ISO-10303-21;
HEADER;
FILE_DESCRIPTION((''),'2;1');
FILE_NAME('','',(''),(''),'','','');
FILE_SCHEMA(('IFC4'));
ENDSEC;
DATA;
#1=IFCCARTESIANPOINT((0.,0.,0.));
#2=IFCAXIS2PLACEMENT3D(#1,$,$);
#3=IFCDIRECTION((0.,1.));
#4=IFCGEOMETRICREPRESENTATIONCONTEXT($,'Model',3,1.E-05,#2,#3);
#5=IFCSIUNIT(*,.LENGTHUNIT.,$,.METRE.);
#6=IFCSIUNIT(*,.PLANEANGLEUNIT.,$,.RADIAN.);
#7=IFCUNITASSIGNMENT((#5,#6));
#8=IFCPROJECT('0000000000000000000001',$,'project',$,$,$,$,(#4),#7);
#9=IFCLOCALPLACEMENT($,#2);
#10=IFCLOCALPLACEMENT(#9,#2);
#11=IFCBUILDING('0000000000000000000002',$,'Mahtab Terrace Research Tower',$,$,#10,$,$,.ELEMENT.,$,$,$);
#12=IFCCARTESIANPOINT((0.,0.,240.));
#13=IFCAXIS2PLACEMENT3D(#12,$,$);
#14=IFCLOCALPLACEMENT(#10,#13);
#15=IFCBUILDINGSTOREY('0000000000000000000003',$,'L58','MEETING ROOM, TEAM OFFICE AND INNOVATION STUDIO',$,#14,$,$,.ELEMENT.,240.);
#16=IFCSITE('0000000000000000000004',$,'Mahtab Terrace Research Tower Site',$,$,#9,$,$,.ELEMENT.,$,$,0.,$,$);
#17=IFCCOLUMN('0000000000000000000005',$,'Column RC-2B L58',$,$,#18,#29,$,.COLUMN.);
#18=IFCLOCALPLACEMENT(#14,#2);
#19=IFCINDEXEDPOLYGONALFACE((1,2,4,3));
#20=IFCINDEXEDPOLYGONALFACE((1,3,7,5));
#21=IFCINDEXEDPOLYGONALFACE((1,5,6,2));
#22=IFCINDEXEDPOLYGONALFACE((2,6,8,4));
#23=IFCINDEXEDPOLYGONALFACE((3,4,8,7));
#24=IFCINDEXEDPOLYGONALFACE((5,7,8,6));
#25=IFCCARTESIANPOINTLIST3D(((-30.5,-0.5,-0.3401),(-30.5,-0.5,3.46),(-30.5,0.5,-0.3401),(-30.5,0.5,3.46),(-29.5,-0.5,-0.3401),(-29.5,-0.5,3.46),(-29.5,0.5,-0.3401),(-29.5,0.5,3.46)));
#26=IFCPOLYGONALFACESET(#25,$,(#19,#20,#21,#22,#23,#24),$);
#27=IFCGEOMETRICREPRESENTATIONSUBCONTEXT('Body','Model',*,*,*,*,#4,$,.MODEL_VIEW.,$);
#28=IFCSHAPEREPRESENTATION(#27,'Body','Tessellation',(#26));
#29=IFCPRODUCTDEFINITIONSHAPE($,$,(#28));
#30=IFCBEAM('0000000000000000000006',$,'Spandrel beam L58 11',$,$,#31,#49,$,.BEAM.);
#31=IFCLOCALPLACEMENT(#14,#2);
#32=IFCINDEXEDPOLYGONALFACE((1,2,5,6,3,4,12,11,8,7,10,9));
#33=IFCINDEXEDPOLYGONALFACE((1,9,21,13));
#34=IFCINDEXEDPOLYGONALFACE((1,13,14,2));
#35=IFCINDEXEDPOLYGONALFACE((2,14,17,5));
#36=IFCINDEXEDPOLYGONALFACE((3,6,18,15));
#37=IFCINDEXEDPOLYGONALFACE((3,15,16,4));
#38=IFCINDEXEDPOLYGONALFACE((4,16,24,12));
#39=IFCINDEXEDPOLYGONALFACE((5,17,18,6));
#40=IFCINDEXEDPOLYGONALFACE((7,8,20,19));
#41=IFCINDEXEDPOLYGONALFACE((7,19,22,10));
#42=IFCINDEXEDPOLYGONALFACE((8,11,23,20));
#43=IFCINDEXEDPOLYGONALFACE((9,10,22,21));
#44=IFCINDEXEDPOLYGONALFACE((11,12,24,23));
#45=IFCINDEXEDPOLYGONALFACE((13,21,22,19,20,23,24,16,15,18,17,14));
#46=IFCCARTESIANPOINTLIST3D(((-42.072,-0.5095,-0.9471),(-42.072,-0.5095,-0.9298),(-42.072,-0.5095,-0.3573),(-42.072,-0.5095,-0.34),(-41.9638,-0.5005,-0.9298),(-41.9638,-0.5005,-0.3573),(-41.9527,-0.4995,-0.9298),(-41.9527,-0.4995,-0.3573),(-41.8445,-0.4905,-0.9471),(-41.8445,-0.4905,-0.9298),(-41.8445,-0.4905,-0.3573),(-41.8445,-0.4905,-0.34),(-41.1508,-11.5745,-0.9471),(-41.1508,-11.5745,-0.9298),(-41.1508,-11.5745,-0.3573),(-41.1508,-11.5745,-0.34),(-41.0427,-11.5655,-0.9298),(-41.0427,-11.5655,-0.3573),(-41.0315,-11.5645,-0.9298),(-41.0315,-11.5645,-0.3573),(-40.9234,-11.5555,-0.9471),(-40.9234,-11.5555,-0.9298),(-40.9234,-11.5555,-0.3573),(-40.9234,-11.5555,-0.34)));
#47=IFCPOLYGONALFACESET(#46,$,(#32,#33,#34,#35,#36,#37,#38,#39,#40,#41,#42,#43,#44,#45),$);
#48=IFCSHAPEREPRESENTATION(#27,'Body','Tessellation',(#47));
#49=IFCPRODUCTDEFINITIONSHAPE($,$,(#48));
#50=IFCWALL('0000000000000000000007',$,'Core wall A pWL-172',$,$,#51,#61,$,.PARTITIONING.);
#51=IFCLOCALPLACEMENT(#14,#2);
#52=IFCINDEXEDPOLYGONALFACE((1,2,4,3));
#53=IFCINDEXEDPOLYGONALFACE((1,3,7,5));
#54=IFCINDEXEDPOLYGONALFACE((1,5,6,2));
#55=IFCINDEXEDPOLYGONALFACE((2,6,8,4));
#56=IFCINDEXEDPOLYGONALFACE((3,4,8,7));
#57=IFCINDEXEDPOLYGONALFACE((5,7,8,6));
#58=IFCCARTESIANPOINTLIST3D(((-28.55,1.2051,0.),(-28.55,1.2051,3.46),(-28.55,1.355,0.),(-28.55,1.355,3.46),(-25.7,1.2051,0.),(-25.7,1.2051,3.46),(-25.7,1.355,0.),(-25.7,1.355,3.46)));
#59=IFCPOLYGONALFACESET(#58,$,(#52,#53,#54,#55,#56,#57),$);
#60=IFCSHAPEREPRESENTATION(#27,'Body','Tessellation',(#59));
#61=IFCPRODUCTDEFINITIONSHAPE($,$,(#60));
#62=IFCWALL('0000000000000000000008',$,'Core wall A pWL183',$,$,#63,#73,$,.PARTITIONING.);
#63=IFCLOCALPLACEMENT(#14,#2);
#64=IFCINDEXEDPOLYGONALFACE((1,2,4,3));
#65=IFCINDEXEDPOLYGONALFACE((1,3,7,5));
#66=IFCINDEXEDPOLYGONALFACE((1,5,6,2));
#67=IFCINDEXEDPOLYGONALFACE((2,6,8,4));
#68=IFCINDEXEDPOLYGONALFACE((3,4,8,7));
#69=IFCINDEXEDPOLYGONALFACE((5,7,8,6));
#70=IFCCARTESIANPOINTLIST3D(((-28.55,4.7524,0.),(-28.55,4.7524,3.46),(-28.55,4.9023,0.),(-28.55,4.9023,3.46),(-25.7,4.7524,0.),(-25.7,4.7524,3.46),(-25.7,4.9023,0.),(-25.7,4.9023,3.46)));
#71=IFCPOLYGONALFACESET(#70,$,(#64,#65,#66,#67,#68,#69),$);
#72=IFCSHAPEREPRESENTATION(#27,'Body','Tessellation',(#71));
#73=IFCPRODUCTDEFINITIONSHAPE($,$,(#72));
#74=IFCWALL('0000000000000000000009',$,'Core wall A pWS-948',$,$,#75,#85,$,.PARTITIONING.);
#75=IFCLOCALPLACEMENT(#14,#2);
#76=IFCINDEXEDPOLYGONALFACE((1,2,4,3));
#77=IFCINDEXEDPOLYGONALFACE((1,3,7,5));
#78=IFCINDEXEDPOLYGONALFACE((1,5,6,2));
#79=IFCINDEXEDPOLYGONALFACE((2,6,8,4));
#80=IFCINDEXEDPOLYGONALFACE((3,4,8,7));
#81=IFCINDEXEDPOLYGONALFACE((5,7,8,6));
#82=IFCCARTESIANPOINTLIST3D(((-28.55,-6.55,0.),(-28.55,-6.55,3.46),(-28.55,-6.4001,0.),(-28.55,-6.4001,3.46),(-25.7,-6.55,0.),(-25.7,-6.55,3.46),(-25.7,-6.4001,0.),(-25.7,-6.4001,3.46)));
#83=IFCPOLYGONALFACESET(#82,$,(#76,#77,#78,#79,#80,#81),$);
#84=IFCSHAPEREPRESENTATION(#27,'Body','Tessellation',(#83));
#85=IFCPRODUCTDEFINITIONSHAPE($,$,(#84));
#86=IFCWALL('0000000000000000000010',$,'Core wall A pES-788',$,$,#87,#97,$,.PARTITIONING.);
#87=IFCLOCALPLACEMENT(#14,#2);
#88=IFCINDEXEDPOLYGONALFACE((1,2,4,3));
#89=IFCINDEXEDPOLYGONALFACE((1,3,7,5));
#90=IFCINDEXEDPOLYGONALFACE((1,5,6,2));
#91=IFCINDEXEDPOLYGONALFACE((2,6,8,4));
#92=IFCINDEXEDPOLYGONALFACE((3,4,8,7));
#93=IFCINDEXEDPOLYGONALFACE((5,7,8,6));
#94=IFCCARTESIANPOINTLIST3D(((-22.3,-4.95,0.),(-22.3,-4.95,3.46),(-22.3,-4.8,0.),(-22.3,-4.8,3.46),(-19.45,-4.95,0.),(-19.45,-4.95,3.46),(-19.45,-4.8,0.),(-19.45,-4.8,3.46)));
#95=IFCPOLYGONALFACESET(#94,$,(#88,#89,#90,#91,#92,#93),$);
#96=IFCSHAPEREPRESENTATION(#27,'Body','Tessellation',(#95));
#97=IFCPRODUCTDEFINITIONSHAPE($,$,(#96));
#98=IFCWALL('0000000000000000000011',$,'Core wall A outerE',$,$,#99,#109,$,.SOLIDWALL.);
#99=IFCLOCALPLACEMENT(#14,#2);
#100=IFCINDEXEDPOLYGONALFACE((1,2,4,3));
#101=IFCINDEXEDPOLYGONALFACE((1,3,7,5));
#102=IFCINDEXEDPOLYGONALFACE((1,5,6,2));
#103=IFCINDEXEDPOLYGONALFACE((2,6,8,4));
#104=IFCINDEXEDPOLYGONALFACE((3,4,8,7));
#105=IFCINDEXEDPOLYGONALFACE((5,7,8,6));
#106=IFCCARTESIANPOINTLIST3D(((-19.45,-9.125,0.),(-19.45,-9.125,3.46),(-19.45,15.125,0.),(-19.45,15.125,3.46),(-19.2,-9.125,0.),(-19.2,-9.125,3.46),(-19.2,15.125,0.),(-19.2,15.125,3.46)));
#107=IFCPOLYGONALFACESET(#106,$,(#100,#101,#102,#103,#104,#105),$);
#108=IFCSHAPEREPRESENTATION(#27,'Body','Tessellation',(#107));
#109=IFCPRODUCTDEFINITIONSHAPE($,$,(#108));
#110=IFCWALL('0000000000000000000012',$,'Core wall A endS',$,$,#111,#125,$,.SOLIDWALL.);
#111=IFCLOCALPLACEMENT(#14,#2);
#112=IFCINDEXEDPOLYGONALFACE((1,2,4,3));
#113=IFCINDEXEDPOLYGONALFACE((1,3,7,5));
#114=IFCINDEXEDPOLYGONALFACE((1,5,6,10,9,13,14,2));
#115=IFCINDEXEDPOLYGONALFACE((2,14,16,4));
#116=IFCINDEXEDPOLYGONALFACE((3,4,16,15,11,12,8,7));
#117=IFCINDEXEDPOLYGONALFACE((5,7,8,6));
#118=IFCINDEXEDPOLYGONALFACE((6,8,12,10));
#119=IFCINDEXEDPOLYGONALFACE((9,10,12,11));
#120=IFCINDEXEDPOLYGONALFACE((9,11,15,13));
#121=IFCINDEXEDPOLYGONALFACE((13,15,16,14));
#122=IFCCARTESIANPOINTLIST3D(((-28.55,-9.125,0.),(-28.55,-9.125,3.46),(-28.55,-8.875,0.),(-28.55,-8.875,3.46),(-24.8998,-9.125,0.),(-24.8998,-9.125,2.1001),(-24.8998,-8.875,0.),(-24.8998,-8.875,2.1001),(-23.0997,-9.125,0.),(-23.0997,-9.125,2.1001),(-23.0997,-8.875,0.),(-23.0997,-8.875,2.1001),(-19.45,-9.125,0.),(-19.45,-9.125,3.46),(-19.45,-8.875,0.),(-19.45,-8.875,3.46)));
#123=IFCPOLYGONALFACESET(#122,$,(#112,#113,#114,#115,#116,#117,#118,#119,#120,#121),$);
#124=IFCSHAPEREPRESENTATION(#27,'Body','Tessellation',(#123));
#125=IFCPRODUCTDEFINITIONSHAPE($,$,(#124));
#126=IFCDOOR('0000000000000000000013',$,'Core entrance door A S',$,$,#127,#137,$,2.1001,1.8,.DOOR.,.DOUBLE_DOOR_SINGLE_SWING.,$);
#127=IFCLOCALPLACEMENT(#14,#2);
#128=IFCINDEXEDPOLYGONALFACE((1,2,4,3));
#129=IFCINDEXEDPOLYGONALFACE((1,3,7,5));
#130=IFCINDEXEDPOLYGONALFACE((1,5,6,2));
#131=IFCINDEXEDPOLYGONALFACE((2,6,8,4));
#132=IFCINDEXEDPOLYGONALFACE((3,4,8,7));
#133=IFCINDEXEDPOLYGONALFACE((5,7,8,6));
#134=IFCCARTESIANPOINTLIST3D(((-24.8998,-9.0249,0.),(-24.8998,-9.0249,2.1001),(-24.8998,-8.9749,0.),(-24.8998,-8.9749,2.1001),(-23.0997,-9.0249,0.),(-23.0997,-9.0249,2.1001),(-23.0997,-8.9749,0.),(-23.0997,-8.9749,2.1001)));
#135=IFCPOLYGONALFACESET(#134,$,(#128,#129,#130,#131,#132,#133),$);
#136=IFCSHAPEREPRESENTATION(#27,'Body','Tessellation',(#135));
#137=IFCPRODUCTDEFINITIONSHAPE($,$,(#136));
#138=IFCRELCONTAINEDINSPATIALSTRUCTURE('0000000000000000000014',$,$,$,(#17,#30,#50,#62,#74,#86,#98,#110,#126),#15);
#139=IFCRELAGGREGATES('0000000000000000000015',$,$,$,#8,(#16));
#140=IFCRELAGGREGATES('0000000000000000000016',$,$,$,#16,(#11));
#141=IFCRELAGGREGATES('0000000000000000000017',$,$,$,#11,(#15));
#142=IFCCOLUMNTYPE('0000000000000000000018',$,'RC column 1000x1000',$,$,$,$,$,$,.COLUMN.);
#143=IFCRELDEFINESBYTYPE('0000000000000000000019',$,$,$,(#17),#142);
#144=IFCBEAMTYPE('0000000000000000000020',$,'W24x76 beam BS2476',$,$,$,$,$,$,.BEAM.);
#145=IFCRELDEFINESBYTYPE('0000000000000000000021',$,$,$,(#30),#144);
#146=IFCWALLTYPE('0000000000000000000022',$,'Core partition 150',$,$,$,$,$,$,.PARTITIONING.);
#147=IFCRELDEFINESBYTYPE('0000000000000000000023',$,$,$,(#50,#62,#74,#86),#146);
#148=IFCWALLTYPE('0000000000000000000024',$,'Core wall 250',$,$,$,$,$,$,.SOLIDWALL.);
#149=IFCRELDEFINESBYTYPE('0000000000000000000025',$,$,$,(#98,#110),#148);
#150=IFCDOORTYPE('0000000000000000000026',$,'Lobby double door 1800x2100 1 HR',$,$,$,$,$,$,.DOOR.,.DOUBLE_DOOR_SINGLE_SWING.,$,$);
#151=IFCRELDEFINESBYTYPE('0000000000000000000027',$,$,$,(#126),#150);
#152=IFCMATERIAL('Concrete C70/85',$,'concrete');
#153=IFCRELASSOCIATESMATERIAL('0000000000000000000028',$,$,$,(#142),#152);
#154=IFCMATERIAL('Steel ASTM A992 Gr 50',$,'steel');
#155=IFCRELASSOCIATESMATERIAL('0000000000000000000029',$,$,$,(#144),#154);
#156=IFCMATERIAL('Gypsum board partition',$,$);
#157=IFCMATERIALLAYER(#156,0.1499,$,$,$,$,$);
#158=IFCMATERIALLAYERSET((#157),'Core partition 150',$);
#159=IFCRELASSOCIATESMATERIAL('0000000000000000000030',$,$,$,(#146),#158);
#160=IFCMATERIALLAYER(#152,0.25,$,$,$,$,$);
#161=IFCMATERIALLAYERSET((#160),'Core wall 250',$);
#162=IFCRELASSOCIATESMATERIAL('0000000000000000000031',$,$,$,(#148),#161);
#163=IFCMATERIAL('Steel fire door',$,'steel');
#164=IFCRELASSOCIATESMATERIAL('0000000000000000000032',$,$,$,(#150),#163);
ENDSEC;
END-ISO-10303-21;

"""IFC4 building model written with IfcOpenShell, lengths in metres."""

from ifc_helpers import new_model, si_unit, direction, frame, frame_2d, origin, origin_2d, place, context, subcontext, project, spatial, rectangle, i_section, extrude, material, layer, layer_set, material_profile, profile_set, type_object, element, fill, save


model = new_model("IFC4")

# Units and contexts
model_context = context("Model", 3, precision=1e-05, world=origin(), true_north=direction((0.0, 1.0)))
body_context = subcontext(model_context, "Body", "Model", "MODEL_VIEW")
ifc_project = project(units=[si_unit("LENGTHUNIT", "METRE"), si_unit("PLANEANGLEUNIT", "RADIAN")], contexts=[model_context])

# Site, building, storey
site_placement = place(None, origin())
site = spatial("IfcSite", under=ifc_project, at=site_placement, Name="Mahtab Terrace Research Tower Site", CompositionType="ELEMENT", RefElevation=0.0)
building_placement = place(site_placement, origin())
building = spatial("IfcBuilding", under=site, at=building_placement, Name="Mahtab Terrace Research Tower", CompositionType="ELEMENT")
storey_placement = place(building_placement, frame((0.0, 0.0, 240.0)))
storey = spatial("IfcBuildingStorey", under=building, at=storey_placement, Name="L58", Description="MEETING ROOM, TEAM OFFICE AND INNOVATION STUDIO", CompositionType="ELEMENT", Elevation=240.0)

# Column
ifc_material_1 = material(Name="Concrete C70/85", Category="concrete")
ifc_material_profile_1 = material_profile(ifc_material_1, rectangle(XDim=1.0, YDim=1.0, at=origin_2d()), Name="RC column 1000x1000")
ifc_profile_set_1 = profile_set([ifc_material_profile_1], Name="Concrete C70/85")
column_type = type_object("IfcColumnType", Name="RC column 1000x1000", PredefinedType="COLUMN", material=ifc_profile_set_1)
column_placement = place(storey_placement, frame((-30.0, 0.0, -0.3401), z_axis=(0.0, 0.0, 1.0), x_axis=(1.0, 0.0, 0.0)))
element("IfcColumn", 1, at=column_placement, inside=storey, type_object=column_type, Name="Column RC-2B L58", PredefinedType="COLUMN", context=body_context, shape_type="SweptSolid", body=[
    extrude(rectangle(XDim=1.0, YDim=1.0, at=origin_2d()), origin(), (0.0, 0.0, 1.0), 3.8),
])

# Beam
ifc_material_2 = material(Name="Steel ASTM A992 Gr 50", Category="steel")
ifc_material_profile_2 = material_profile(ifc_material_2, i_section(OverallWidth=0.2283, OverallDepth=0.6072, WebThickness=0.0112, FlangeThickness=0.0173, at=origin_2d()), Name="W24X76")
ifc_profile_set_2 = profile_set([ifc_material_profile_2], Name="Steel ASTM A992 Gr 50")
beam_type = type_object("IfcBeamType", Name="W24x76 beam BS2476", PredefinedType="BEAM", material=ifc_profile_set_2)
beam_placement = place(storey_placement, frame((-41.9583, -0.5, -0.6436), z_axis=(0.082962, -0.996553, 0.0), x_axis=(0.996553, 0.082962, 0.0)))
element("IfcBeam", 2, at=beam_placement, inside=storey, type_object=beam_type, Name="Spandrel beam L58 11", PredefinedType="BEAM", context=body_context, shape_type="SweptSolid", body=[
    extrude(i_section(OverallWidth=0.2283, OverallDepth=0.6072, WebThickness=0.0112, FlangeThickness=0.0173, at=origin_2d()), origin(), (0.0, 0.0, 1.0), 11.1033),
])

# Walls
ifc_material_3 = material(Name="Gypsum board partition")
ifc_layer_1 = layer(ifc_material_3, 0.1499)
ifc_layer_set_1 = layer_set([ifc_layer_1], Name="Core partition 150")
wall_type_1 = type_object("IfcWallType", Name="Core partition 150", PredefinedType="PARTITIONING", material=ifc_layer_set_1)
for number, where, z_axis, x_axis, name in (
    (3, (-28.55, 1.28, 0.0), (0.0, 0.0, 1.0), (1.0, 0.0, 0.0), "Core wall A pWL-172"),
    (4, (-28.55, 4.8274, 0.0), (0.0, 0.0, 1.0), (1.0, 0.0, 0.0), "Core wall A pWL183"),
    (5, (-28.55, -6.4751, 0.0), (0.0, 0.0, 1.0), (1.0, 0.0, 0.0), "Core wall A pWS-948"),
    (6, (-22.3, -4.875, 0.0), (0.0, 0.0, 1.0), (1.0, 0.0, 0.0), "Core wall A pES-788"),
):
    element("IfcWall", number, at=place(storey_placement, frame(where, z_axis=z_axis, x_axis=x_axis)), inside=storey, type_object=wall_type_1, Name=name, PredefinedType="PARTITIONING", context=body_context, shape_type="SweptSolid", body=[
        extrude(rectangle(XDim=2.8501, YDim=0.1499, at=frame_2d((1.425, 0.0))), origin(), (0.0, 0.0, 1.0), 3.46),
    ])
ifc_layer_2 = layer(ifc_material_1, 0.25)
ifc_layer_set_2 = layer_set([ifc_layer_2], Name="Core wall 250")
wall_type_2 = type_object("IfcWallType", Name="Core wall 250", PredefinedType="SOLIDWALL", material=ifc_layer_set_2)
wall_1_placement = place(storey_placement, frame((-19.325, -9.125, 0.0), z_axis=(0.0, 0.0, 1.0), x_axis=(0.0, 1.0, 0.0)))
element("IfcWall", 7, at=wall_1_placement, inside=storey, type_object=wall_type_2, Name="Core wall A outerE", PredefinedType="SOLIDWALL", context=body_context, shape_type="SweptSolid", body=[
    extrude(rectangle(XDim=24.25, YDim=0.25, at=frame_2d((12.125, 0.0))), origin(), (0.0, 0.0, 1.0), 3.46),
])

# Wall, opening, door
wall_2_placement = place(storey_placement, frame((-19.45, -9.0, 0.0), z_axis=(0.0, 0.0, 1.0), x_axis=(-1.0, 0.0, 0.0)))
wall_2 = element("IfcWall", 8, at=wall_2_placement, inside=storey, type_object=wall_type_2, Name="Core wall A endS", PredefinedType="SOLIDWALL", context=body_context, shape_type="SweptSolid", body=[
    extrude(rectangle(XDim=9.1001, YDim=0.25, at=frame_2d((4.55, 0.0))), origin(), (0.0, 0.0, 1.0), 3.46),
])
opening_1_placement = place(wall_2_placement, frame((3.6499, 0.0, 0.0)))
opening_1 = element("IfcOpeningElement", 9, at=opening_1_placement, cuts=wall_2, PredefinedType="OPENING", context=body_context, shape_type="SweptSolid", body=[
    extrude(rectangle(XDim=1.8, YDim=2.1001, at=frame_2d((0.8999, 1.05))), frame((0.0, 0.135, 0.0), z_axis=(0.0, -1.0, 0.0), x_axis=(1.0, 0.0, 0.0)), (0.0, 0.0, 1.0), 0.27),
])
ifc_material_4 = material(Name="Steel fire door", Category="steel")
door_type_1 = type_object("IfcDoorType", Name="Lobby double door 1800x2100 1 HR", OperationType="DOUBLE_DOOR_SINGLE_SWING", PredefinedType="DOOR", material=ifc_material_4)
door_1_placement = place(opening_1_placement, origin())
door_1 = element("IfcDoor", 10, at=door_1_placement, inside=storey, type_object=door_type_1, Name="Core entrance door A S", OperationType="DOUBLE_DOOR_SINGLE_SWING", OverallHeight=2.1001, OverallWidth=1.8, PredefinedType="DOOR", context=body_context, shape_type="SweptSolid", body=[
    extrude(rectangle(XDim=1.8, YDim=2.1001, at=frame_2d((0.8999, 1.05))), frame((0.0, 0.0249, 0.0), z_axis=(0.0, -1.0, 0.0), x_axis=(1.0, 0.0, 0.0)), (0.0, 0.0, 1.0), 0.05),
])
fill(opening_1, door_1)

save(model, "model.ifc")
